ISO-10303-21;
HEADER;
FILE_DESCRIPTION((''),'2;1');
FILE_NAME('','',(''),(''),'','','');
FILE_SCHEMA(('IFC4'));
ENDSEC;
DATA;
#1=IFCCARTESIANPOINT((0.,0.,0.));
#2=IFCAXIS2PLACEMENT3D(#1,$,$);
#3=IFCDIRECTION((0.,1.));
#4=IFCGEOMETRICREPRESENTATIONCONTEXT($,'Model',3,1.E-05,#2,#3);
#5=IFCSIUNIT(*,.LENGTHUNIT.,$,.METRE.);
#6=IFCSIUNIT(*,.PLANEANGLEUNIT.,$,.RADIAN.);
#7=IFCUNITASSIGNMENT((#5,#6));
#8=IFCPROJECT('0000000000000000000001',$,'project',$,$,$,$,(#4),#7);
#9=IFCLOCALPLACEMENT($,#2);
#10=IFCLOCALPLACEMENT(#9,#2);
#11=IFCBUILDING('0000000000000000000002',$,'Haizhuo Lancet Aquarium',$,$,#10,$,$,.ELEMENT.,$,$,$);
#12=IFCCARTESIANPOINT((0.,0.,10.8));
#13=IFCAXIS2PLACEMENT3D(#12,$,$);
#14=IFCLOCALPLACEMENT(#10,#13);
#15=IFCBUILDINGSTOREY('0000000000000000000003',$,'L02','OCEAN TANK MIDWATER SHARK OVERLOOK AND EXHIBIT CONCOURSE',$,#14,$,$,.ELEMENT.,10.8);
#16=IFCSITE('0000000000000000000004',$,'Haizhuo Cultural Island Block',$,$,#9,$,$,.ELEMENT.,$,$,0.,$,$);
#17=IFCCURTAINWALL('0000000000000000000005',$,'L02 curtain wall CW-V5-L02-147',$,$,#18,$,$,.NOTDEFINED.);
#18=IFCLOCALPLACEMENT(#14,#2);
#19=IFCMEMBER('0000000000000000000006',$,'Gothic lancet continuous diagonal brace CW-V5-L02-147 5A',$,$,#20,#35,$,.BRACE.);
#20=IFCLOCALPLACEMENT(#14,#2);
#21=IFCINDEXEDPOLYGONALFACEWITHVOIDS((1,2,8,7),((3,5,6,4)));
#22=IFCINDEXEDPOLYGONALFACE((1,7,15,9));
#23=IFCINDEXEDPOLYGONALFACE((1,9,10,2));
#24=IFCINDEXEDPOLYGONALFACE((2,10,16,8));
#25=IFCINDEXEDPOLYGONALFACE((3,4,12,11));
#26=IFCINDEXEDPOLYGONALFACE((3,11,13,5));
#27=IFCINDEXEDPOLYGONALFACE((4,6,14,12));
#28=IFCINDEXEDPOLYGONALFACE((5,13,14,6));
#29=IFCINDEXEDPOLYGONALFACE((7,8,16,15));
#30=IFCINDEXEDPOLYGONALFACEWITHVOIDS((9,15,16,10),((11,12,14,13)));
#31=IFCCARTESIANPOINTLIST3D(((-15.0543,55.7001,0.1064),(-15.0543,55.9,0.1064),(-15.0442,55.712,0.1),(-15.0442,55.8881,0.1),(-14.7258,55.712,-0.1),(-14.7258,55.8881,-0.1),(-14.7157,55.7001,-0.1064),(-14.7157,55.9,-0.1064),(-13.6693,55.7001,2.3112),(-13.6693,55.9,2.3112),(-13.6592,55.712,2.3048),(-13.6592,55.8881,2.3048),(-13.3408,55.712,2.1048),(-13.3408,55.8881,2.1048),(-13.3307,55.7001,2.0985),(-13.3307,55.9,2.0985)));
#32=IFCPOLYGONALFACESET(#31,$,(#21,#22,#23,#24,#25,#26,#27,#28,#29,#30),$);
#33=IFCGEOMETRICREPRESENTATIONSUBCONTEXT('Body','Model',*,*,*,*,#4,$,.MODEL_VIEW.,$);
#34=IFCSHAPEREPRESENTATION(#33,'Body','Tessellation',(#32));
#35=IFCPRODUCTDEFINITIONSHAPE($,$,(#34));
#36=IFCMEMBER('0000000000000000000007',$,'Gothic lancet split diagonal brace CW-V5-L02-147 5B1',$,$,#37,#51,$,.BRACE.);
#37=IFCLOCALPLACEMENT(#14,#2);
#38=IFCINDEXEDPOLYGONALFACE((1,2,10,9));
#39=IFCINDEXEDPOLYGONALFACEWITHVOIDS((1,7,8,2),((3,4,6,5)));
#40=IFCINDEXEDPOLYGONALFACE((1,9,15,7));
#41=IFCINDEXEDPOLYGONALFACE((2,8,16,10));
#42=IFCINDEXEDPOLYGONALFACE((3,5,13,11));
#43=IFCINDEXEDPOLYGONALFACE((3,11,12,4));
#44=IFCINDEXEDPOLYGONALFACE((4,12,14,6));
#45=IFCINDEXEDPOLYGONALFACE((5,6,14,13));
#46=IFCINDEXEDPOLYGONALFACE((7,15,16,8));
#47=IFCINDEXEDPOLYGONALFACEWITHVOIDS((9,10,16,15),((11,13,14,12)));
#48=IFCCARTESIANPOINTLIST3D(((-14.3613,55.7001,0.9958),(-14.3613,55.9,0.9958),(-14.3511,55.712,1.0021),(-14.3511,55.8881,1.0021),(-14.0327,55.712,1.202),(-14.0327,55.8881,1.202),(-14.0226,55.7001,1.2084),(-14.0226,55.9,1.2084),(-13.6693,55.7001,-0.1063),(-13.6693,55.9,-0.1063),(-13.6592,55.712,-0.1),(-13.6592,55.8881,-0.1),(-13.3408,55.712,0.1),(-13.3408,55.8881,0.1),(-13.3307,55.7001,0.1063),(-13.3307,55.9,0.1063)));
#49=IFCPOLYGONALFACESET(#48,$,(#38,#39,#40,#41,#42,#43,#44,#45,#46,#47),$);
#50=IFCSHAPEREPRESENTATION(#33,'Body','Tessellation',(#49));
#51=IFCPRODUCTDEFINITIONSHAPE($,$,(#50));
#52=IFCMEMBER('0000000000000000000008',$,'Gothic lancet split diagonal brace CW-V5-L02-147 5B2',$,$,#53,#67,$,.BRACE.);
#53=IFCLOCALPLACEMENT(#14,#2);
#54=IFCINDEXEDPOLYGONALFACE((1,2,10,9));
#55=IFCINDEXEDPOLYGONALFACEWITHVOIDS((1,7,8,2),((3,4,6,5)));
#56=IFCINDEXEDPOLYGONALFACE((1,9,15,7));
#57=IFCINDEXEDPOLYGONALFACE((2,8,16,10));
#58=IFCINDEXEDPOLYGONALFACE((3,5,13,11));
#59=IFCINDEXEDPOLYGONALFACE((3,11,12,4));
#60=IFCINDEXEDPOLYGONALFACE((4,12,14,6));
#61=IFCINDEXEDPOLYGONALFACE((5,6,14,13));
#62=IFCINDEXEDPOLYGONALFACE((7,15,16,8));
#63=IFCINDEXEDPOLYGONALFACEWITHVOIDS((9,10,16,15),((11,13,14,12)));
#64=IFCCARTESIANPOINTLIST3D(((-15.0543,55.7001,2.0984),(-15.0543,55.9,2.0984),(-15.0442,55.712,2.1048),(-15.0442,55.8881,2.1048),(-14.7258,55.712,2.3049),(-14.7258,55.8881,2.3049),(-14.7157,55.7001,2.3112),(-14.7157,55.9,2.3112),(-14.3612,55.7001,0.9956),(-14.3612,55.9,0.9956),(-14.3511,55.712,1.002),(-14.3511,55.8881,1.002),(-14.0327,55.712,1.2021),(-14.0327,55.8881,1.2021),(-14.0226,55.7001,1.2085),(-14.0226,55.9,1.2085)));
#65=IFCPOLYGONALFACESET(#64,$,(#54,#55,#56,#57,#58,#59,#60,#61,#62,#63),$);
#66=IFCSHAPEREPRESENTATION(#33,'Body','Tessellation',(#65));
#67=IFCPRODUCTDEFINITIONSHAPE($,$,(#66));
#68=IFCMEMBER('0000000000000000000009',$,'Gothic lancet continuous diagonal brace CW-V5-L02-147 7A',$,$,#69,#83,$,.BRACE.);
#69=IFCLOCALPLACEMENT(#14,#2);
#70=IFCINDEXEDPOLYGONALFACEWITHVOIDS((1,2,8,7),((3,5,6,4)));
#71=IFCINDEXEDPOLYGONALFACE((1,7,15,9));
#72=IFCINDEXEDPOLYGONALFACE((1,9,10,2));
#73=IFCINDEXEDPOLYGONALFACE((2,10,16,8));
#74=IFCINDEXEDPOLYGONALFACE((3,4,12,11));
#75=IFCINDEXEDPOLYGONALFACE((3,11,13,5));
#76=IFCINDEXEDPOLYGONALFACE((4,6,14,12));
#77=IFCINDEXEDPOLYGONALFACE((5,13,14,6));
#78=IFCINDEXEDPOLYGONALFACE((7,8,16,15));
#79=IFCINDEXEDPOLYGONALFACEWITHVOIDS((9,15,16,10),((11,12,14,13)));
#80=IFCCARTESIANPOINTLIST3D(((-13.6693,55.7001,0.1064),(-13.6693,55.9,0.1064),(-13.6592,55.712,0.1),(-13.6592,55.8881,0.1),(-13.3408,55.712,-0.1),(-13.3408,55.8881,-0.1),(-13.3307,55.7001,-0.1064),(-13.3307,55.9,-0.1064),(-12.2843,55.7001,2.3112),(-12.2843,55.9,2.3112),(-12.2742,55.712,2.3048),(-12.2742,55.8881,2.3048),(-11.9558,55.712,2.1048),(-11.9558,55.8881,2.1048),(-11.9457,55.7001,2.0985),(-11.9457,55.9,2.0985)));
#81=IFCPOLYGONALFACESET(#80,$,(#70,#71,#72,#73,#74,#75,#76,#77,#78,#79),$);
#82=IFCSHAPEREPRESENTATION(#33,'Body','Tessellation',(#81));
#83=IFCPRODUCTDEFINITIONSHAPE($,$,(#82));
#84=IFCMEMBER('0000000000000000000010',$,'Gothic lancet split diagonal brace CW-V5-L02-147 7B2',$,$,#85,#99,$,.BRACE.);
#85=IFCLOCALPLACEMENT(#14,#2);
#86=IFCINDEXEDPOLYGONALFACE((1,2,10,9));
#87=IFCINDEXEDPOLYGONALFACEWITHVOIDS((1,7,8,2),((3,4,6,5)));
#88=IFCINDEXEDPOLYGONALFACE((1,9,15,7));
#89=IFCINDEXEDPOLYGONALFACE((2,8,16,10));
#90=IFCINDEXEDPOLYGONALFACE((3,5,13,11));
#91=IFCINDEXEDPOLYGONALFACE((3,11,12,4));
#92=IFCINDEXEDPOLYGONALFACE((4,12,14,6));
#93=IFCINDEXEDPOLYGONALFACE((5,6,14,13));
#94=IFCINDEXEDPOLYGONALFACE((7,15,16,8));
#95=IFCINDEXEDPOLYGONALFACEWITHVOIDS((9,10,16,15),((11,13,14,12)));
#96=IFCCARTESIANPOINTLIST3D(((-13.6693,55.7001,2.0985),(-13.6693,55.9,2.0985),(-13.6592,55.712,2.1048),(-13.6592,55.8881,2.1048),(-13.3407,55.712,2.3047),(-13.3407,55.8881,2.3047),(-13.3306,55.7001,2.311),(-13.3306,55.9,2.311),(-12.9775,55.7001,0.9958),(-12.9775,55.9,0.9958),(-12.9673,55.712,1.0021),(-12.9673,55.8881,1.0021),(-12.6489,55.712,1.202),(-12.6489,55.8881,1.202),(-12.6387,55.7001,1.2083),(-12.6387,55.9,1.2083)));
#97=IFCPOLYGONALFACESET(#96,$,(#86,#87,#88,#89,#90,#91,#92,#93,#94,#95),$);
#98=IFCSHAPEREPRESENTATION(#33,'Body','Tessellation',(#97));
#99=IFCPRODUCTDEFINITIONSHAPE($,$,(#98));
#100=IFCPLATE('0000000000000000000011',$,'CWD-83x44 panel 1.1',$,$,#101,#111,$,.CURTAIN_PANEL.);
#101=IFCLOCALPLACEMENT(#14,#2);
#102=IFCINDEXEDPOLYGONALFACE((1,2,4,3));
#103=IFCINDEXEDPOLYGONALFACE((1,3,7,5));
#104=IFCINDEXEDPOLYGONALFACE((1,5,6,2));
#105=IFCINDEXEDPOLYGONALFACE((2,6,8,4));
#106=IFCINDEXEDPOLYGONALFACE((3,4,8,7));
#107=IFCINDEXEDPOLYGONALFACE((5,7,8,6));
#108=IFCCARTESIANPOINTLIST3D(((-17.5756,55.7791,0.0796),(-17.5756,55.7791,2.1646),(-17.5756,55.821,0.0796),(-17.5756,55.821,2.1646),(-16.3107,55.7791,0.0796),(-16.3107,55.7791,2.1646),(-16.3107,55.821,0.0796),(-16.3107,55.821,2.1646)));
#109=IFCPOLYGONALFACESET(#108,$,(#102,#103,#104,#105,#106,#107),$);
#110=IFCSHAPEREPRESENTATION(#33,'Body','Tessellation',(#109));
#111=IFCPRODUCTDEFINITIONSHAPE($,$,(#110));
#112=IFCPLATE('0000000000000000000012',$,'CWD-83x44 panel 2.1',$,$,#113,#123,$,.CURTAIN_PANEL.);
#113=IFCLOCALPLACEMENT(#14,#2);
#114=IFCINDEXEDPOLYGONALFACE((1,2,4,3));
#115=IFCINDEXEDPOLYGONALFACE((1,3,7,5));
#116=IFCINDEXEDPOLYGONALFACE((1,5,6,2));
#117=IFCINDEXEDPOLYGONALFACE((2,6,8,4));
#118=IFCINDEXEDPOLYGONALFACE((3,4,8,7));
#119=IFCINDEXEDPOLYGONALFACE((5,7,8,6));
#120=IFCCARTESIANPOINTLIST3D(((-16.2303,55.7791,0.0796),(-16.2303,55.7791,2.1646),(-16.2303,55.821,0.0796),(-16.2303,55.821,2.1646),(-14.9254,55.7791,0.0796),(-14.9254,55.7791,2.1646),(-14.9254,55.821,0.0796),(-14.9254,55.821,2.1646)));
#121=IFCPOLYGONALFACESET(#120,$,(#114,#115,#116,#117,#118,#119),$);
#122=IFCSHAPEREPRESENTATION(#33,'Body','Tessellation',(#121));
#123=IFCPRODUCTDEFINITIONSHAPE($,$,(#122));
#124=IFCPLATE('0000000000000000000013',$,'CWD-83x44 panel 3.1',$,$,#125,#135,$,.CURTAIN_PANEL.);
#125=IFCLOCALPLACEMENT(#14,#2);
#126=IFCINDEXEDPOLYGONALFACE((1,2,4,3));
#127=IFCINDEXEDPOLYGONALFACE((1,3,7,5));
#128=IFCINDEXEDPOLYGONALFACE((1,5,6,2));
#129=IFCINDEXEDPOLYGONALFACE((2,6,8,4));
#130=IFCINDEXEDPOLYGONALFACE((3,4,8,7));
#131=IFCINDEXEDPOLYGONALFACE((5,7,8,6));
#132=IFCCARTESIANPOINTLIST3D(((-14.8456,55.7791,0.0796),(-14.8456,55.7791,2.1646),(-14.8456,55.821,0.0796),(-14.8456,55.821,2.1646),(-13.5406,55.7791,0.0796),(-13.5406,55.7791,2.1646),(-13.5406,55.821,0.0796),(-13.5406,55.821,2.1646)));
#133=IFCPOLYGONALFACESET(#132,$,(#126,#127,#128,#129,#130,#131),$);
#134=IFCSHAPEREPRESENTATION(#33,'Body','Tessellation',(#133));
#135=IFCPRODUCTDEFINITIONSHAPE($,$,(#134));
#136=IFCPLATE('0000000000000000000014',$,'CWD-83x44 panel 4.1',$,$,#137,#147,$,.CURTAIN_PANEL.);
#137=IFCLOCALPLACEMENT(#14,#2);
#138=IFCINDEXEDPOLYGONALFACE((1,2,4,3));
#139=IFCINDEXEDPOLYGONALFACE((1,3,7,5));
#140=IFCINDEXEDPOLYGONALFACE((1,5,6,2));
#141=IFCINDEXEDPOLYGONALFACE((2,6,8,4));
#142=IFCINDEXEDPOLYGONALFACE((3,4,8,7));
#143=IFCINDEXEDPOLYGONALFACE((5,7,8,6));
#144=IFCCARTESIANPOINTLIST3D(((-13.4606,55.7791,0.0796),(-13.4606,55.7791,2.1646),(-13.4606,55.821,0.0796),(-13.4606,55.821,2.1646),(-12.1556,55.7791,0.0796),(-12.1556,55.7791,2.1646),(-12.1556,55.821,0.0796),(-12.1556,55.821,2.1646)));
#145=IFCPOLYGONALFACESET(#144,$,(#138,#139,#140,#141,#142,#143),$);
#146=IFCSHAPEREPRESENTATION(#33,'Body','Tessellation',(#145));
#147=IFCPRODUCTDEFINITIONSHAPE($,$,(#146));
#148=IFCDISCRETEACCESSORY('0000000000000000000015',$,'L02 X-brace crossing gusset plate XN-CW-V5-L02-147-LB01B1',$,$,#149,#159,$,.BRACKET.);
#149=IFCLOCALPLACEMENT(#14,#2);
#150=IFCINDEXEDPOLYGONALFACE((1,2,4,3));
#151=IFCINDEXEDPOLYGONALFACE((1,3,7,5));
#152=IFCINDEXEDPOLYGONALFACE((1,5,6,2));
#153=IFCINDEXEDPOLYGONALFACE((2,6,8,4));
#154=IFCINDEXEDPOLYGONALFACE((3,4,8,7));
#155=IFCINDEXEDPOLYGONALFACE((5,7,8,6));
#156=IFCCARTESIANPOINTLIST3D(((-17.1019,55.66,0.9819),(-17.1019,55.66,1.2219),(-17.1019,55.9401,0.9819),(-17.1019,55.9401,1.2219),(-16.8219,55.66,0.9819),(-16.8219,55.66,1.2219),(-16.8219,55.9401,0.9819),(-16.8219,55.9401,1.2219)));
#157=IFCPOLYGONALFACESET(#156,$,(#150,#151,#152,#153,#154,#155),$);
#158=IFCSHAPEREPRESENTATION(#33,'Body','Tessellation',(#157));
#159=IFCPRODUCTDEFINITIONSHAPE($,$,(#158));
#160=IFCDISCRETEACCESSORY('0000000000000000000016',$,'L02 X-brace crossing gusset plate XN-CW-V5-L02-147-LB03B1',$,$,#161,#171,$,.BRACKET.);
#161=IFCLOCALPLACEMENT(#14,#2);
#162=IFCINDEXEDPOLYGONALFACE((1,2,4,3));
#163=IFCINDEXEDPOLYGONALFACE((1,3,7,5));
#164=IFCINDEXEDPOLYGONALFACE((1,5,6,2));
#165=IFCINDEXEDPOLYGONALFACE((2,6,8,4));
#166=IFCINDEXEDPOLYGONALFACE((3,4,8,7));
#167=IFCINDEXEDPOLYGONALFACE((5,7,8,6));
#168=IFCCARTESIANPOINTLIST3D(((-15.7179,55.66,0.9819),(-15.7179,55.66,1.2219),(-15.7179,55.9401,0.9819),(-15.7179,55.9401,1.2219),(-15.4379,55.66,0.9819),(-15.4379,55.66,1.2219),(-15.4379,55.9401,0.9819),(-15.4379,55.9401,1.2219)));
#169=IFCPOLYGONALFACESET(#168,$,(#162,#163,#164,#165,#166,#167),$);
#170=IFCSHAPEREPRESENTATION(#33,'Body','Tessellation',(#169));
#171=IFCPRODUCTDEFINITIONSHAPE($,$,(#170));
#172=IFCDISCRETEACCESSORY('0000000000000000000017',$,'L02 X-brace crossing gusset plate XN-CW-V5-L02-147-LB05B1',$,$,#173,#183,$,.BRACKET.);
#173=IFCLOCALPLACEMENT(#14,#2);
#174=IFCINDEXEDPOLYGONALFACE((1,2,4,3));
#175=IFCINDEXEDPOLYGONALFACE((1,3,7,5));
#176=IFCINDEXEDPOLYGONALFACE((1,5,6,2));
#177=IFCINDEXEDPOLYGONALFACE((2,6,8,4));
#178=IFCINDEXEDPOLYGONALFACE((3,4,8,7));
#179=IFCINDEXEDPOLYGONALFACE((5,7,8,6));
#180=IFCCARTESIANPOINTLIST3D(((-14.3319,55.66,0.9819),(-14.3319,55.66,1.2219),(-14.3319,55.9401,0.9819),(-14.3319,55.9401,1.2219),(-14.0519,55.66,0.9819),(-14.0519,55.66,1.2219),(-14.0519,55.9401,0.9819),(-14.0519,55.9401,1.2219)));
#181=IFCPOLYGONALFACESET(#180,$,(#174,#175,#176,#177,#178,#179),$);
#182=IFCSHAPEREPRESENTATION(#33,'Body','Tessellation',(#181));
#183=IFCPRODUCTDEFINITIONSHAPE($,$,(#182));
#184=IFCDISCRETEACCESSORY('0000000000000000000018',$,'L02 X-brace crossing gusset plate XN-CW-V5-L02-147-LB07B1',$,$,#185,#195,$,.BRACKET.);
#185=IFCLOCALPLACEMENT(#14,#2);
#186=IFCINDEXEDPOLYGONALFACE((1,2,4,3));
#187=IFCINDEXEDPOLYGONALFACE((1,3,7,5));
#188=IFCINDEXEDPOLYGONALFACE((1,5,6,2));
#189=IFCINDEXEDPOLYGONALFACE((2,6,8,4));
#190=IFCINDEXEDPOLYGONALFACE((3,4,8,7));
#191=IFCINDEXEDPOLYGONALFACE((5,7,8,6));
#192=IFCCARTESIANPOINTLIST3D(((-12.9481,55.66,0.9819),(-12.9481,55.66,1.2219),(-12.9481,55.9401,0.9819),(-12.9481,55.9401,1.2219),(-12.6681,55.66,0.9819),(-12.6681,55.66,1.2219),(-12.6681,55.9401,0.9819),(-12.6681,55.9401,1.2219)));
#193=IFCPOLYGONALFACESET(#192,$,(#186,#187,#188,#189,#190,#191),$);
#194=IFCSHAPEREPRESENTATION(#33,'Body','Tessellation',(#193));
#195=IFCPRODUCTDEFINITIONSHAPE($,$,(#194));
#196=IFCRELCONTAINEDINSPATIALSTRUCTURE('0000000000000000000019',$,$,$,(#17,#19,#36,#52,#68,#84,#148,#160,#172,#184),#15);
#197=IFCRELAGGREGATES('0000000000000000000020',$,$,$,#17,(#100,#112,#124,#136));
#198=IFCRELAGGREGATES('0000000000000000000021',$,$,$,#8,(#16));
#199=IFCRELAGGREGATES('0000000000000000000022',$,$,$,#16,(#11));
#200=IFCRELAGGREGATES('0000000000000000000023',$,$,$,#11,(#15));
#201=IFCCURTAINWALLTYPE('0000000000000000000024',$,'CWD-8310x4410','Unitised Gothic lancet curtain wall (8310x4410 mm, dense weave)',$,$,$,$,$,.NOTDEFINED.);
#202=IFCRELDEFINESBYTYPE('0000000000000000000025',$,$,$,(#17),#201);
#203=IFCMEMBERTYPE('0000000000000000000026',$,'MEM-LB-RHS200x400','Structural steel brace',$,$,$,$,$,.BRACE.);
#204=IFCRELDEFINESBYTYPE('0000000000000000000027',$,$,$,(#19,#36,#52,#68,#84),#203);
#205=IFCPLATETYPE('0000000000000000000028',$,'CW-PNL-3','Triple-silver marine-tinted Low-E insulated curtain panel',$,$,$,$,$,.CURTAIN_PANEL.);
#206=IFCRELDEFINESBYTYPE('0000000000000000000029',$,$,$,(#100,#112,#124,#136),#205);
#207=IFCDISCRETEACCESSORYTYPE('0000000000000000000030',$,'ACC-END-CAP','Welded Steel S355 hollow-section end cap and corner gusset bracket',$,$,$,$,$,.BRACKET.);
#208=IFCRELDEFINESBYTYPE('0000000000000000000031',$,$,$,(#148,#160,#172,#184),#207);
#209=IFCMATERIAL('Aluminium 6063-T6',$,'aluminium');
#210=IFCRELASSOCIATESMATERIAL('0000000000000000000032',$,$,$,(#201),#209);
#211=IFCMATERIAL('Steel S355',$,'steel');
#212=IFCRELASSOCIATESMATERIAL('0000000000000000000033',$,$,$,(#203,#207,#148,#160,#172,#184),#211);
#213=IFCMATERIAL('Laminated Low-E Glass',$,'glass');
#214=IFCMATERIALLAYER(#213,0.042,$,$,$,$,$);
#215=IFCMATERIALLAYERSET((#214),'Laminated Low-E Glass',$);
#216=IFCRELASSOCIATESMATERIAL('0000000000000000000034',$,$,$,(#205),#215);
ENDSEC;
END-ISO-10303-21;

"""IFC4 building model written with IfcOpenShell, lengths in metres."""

from ifc_helpers import new_model, si_unit, direction, frame, origin, origin_2d, place, context, subcontext, project, spatial, rectangle, hollow_rectangle, extrude, material, layer, layer_set, material_profile, profile_set, type_object, element, aggregate, save


model = new_model("IFC4")

# Units and contexts
model_context = context("Model", 3, precision=1e-05, world=origin(), true_north=direction((0.0, 1.0)))
body_context = subcontext(model_context, "Body", "Model", "MODEL_VIEW")
ifc_project = project(units=[si_unit("LENGTHUNIT", "METRE"), si_unit("PLANEANGLEUNIT", "RADIAN")], contexts=[model_context])

# Site, building, storey
site_placement = place(None, origin())
site = spatial("IfcSite", under=ifc_project, at=site_placement, Name="Haizhuo Cultural Island Block", CompositionType="ELEMENT", RefElevation=0.0)
building_placement = place(site_placement, origin())
building = spatial("IfcBuilding", under=site, at=building_placement, Name="Haizhuo Lancet Aquarium", CompositionType="ELEMENT")
storey_placement = place(building_placement, frame((0.0, 0.0, 10.8)))
storey = spatial("IfcBuildingStorey", under=building, at=storey_placement, Name="L02", Description="OCEAN TANK MIDWATER SHARK OVERLOOK AND EXHIBIT CONCOURSE", CompositionType="ELEMENT", Elevation=10.8)

# Curtain wall
ifc_material_1 = material(Name="Aluminium 6063-T6", Category="aluminium")
curtain_wall_type = type_object("IfcCurtainWallType", Name="CWD-8310x4410", Description="Unitised Gothic lancet curtain wall (8310x4410 mm, dense weave)", PredefinedType="NOTDEFINED", material=ifc_material_1)
curtain_wall_placement = place(storey_placement, origin())
curtain_wall = element("IfcCurtainWall", 1, at=curtain_wall_placement, inside=storey, type_object=curtain_wall_type, Name="L02 curtain wall CW-V5-L02-147", PredefinedType="NOTDEFINED")

# Members
ifc_material_2 = material(Name="Steel S355", Category="steel")
ifc_material_profile_1 = material_profile(ifc_material_2, hollow_rectangle(XDim=0.2, YDim=0.3999, WallThickness=0.012, at=origin_2d()), Name="RHS 200x400x12")
ifc_profile_set_1 = profile_set([ifc_material_profile_1], Name="Steel S355")
member_type_1 = type_object("IfcMemberType", Name="MEM-LB-RHS200x400", Description="Structural steel brace", PredefinedType="BRACE", material=ifc_profile_set_1)
member_1_placement = place(storey_placement, frame((-14.885, 55.8, 0.0), z_axis=(0.531928, 0.0, 0.84679), x_axis=(0.0, 1.0, 0.0)))
element("IfcMember", 2, at=member_1_placement, inside=storey, type_object=member_type_1, Name="Gothic lancet continuous diagonal brace CW-V5-L02-147 5A", PredefinedType="BRACE", context=body_context, shape_type="SweptSolid", body=[
    extrude(hollow_rectangle(XDim=0.2, YDim=0.3999, WallThickness=0.012, at=origin_2d()), origin(), (0.0, 0.0, 1.0), 2.6038),
])
member_2_placement = place(storey_placement, frame((-13.5, 55.8, 0.0), z_axis=(-0.531718, 0.0, 0.846921), x_axis=(0.0, -1.0, 0.0)))
element("IfcMember", 3, at=member_2_placement, inside=storey, type_object=member_type_1, Name="Gothic lancet split diagonal brace CW-V5-L02-147 5B1", PredefinedType="BRACE", context=body_context, shape_type="SweptSolid", body=[
    extrude(hollow_rectangle(XDim=0.2, YDim=0.3999, WallThickness=0.012, at=origin_2d()), origin(), (0.0, 0.0, 1.0), 1.3013),
])
member_3_placement = place(storey_placement, frame((-14.1919, 55.8, 1.1021), z_axis=(-0.532137, 0.0, 0.846658), x_axis=(0.0, -1.0, 0.0)))
element("IfcMember", 4, at=member_3_placement, inside=storey, type_object=member_type_1, Name="Gothic lancet split diagonal brace CW-V5-L02-147 5B2", PredefinedType="BRACE", context=body_context, shape_type="SweptSolid", body=[
    extrude(hollow_rectangle(XDim=0.2, YDim=0.3999, WallThickness=0.012, at=origin_2d()), origin(), (0.0, 0.0, 1.0), 1.3025),
])
member_4_placement = place(storey_placement, frame((-13.5, 55.8, 0.0), z_axis=(0.531928, 0.0, 0.84679), x_axis=(0.0, 1.0, 0.0)))
element("IfcMember", 5, at=member_4_placement, inside=storey, type_object=member_type_1, Name="Gothic lancet continuous diagonal brace CW-V5-L02-147 7A", PredefinedType="BRACE", context=body_context, shape_type="SweptSolid", body=[
    extrude(hollow_rectangle(XDim=0.2, YDim=0.3999, WallThickness=0.012, at=origin_2d()), origin(), (0.0, 0.0, 1.0), 2.6038),
])
member_5_placement = place(storey_placement, frame((-12.8081, 55.8, 1.1021), z_axis=(-0.531465, 0.0, 0.84708), x_axis=(0.0, -1.0, 0.0)))
element("IfcMember", 6, at=member_5_placement, inside=storey, type_object=member_type_1, Name="Gothic lancet split diagonal brace CW-V5-L02-147 7B2", PredefinedType="BRACE", context=body_context, shape_type="SweptSolid", body=[
    extrude(hollow_rectangle(XDim=0.2, YDim=0.3999, WallThickness=0.012, at=origin_2d()), origin(), (0.0, 0.0, 1.0), 1.3018),
])

# Plates
ifc_material_3 = material(Name="Laminated Low-E Glass", Category="glass")
ifc_layer = layer(ifc_material_3, 0.042)
ifc_layer_set = layer_set([ifc_layer], Name="Laminated Low-E Glass")
plate_type = type_object("IfcPlateType", Name="CW-PNL-3", Description="Triple-silver marine-tinted Low-E insulated curtain panel", PredefinedType="CURTAIN_PANEL", material=ifc_layer_set)
plate_1_placement = place(storey_placement, frame((-16.9431, 55.8, 0.0796), z_axis=(0.0, 0.0, 1.0), x_axis=(1.0, 0.0, 0.0)))
plate_1 = element("IfcPlate", 7, at=plate_1_placement, type_object=plate_type, Name="CWD-83x44 panel 1.1", PredefinedType="CURTAIN_PANEL", context=body_context, shape_type="SweptSolid", body=[
    extrude(rectangle(XDim=1.2649, YDim=0.042, at=origin_2d()), origin(), (0.0, 0.0, 1.0), 2.085),
])
plate_2_placement = place(storey_placement, frame((-15.5779, 55.8, 0.0796), z_axis=(0.0, 0.0, 1.0), x_axis=(1.0, 0.0, 0.0)))
plate_2 = element("IfcPlate", 8, at=plate_2_placement, type_object=plate_type, Name="CWD-83x44 panel 2.1", PredefinedType="CURTAIN_PANEL", context=body_context, shape_type="SweptSolid", body=[
    extrude(rectangle(XDim=1.3049, YDim=0.042, at=origin_2d()), origin(), (0.0, 0.0, 1.0), 2.085),
])
plate_3_placement = place(storey_placement, frame((-14.1931, 55.8, 0.0796), z_axis=(0.0, 0.0, 1.0), x_axis=(1.0, 0.0, 0.0)))
plate_3 = element("IfcPlate", 9, at=plate_3_placement, type_object=plate_type, Name="CWD-83x44 panel 3.1", PredefinedType="CURTAIN_PANEL", context=body_context, shape_type="SweptSolid", body=[
    extrude(rectangle(XDim=1.3049, YDim=0.042, at=origin_2d()), origin(), (0.0, 0.0, 1.0), 2.085),
])
plate_4_placement = place(storey_placement, frame((-12.8081, 55.8, 0.0796), z_axis=(0.0, 0.0, 1.0), x_axis=(1.0, 0.0, 0.0)))
plate_4 = element("IfcPlate", 10, at=plate_4_placement, type_object=plate_type, Name="CWD-83x44 panel 4.1", PredefinedType="CURTAIN_PANEL", context=body_context, shape_type="SweptSolid", body=[
    extrude(rectangle(XDim=1.3049, YDim=0.042, at=origin_2d()), origin(), (0.0, 0.0, 1.0), 2.085),
])
aggregate(curtain_wall, [plate_1, plate_2, plate_3, plate_4])

# Discrete accessories
discrete_accessory_type = type_object("IfcDiscreteAccessoryType", Name="ACC-END-CAP", Description="Welded Steel S355 hollow-section end cap and corner gusset bracket", PredefinedType="BRACKET", material=ifc_material_2)
for number, where, z_axis, x_axis, name in (
    (11, (-16.9619, 55.8, 0.9819), (0.0, 0.0, 1.0), (1.0, 0.0, 0.0), "L02 X-brace crossing gusset plate XN-CW-V5-L02-147-LB01B1"),
    (12, (-15.5779, 55.8, 0.9819), (0.0, 0.0, 1.0), (1.0, 0.0, 0.0), "L02 X-brace crossing gusset plate XN-CW-V5-L02-147-LB03B1"),
    (13, (-14.1919, 55.8, 0.9819), (0.0, 0.0, 1.0), (1.0, 0.0, 0.0), "L02 X-brace crossing gusset plate XN-CW-V5-L02-147-LB05B1"),
    (14, (-12.8081, 55.8, 0.9819), (0.0, 0.0, 1.0), (1.0, 0.0, 0.0), "L02 X-brace crossing gusset plate XN-CW-V5-L02-147-LB07B1"),
):
    element("IfcDiscreteAccessory", number, at=place(storey_placement, frame(where, z_axis=z_axis, x_axis=x_axis)), inside=storey, type_object=discrete_accessory_type, material=ifc_material_2, Name=name, PredefinedType="BRACKET", context=body_context, shape_type="SweptSolid", body=[
        extrude(rectangle(XDim=0.28, YDim=0.28, at=origin_2d()), origin(), (0.0, 0.0, 1.0), 0.24),
    ])

save(model, "model.ifc")
